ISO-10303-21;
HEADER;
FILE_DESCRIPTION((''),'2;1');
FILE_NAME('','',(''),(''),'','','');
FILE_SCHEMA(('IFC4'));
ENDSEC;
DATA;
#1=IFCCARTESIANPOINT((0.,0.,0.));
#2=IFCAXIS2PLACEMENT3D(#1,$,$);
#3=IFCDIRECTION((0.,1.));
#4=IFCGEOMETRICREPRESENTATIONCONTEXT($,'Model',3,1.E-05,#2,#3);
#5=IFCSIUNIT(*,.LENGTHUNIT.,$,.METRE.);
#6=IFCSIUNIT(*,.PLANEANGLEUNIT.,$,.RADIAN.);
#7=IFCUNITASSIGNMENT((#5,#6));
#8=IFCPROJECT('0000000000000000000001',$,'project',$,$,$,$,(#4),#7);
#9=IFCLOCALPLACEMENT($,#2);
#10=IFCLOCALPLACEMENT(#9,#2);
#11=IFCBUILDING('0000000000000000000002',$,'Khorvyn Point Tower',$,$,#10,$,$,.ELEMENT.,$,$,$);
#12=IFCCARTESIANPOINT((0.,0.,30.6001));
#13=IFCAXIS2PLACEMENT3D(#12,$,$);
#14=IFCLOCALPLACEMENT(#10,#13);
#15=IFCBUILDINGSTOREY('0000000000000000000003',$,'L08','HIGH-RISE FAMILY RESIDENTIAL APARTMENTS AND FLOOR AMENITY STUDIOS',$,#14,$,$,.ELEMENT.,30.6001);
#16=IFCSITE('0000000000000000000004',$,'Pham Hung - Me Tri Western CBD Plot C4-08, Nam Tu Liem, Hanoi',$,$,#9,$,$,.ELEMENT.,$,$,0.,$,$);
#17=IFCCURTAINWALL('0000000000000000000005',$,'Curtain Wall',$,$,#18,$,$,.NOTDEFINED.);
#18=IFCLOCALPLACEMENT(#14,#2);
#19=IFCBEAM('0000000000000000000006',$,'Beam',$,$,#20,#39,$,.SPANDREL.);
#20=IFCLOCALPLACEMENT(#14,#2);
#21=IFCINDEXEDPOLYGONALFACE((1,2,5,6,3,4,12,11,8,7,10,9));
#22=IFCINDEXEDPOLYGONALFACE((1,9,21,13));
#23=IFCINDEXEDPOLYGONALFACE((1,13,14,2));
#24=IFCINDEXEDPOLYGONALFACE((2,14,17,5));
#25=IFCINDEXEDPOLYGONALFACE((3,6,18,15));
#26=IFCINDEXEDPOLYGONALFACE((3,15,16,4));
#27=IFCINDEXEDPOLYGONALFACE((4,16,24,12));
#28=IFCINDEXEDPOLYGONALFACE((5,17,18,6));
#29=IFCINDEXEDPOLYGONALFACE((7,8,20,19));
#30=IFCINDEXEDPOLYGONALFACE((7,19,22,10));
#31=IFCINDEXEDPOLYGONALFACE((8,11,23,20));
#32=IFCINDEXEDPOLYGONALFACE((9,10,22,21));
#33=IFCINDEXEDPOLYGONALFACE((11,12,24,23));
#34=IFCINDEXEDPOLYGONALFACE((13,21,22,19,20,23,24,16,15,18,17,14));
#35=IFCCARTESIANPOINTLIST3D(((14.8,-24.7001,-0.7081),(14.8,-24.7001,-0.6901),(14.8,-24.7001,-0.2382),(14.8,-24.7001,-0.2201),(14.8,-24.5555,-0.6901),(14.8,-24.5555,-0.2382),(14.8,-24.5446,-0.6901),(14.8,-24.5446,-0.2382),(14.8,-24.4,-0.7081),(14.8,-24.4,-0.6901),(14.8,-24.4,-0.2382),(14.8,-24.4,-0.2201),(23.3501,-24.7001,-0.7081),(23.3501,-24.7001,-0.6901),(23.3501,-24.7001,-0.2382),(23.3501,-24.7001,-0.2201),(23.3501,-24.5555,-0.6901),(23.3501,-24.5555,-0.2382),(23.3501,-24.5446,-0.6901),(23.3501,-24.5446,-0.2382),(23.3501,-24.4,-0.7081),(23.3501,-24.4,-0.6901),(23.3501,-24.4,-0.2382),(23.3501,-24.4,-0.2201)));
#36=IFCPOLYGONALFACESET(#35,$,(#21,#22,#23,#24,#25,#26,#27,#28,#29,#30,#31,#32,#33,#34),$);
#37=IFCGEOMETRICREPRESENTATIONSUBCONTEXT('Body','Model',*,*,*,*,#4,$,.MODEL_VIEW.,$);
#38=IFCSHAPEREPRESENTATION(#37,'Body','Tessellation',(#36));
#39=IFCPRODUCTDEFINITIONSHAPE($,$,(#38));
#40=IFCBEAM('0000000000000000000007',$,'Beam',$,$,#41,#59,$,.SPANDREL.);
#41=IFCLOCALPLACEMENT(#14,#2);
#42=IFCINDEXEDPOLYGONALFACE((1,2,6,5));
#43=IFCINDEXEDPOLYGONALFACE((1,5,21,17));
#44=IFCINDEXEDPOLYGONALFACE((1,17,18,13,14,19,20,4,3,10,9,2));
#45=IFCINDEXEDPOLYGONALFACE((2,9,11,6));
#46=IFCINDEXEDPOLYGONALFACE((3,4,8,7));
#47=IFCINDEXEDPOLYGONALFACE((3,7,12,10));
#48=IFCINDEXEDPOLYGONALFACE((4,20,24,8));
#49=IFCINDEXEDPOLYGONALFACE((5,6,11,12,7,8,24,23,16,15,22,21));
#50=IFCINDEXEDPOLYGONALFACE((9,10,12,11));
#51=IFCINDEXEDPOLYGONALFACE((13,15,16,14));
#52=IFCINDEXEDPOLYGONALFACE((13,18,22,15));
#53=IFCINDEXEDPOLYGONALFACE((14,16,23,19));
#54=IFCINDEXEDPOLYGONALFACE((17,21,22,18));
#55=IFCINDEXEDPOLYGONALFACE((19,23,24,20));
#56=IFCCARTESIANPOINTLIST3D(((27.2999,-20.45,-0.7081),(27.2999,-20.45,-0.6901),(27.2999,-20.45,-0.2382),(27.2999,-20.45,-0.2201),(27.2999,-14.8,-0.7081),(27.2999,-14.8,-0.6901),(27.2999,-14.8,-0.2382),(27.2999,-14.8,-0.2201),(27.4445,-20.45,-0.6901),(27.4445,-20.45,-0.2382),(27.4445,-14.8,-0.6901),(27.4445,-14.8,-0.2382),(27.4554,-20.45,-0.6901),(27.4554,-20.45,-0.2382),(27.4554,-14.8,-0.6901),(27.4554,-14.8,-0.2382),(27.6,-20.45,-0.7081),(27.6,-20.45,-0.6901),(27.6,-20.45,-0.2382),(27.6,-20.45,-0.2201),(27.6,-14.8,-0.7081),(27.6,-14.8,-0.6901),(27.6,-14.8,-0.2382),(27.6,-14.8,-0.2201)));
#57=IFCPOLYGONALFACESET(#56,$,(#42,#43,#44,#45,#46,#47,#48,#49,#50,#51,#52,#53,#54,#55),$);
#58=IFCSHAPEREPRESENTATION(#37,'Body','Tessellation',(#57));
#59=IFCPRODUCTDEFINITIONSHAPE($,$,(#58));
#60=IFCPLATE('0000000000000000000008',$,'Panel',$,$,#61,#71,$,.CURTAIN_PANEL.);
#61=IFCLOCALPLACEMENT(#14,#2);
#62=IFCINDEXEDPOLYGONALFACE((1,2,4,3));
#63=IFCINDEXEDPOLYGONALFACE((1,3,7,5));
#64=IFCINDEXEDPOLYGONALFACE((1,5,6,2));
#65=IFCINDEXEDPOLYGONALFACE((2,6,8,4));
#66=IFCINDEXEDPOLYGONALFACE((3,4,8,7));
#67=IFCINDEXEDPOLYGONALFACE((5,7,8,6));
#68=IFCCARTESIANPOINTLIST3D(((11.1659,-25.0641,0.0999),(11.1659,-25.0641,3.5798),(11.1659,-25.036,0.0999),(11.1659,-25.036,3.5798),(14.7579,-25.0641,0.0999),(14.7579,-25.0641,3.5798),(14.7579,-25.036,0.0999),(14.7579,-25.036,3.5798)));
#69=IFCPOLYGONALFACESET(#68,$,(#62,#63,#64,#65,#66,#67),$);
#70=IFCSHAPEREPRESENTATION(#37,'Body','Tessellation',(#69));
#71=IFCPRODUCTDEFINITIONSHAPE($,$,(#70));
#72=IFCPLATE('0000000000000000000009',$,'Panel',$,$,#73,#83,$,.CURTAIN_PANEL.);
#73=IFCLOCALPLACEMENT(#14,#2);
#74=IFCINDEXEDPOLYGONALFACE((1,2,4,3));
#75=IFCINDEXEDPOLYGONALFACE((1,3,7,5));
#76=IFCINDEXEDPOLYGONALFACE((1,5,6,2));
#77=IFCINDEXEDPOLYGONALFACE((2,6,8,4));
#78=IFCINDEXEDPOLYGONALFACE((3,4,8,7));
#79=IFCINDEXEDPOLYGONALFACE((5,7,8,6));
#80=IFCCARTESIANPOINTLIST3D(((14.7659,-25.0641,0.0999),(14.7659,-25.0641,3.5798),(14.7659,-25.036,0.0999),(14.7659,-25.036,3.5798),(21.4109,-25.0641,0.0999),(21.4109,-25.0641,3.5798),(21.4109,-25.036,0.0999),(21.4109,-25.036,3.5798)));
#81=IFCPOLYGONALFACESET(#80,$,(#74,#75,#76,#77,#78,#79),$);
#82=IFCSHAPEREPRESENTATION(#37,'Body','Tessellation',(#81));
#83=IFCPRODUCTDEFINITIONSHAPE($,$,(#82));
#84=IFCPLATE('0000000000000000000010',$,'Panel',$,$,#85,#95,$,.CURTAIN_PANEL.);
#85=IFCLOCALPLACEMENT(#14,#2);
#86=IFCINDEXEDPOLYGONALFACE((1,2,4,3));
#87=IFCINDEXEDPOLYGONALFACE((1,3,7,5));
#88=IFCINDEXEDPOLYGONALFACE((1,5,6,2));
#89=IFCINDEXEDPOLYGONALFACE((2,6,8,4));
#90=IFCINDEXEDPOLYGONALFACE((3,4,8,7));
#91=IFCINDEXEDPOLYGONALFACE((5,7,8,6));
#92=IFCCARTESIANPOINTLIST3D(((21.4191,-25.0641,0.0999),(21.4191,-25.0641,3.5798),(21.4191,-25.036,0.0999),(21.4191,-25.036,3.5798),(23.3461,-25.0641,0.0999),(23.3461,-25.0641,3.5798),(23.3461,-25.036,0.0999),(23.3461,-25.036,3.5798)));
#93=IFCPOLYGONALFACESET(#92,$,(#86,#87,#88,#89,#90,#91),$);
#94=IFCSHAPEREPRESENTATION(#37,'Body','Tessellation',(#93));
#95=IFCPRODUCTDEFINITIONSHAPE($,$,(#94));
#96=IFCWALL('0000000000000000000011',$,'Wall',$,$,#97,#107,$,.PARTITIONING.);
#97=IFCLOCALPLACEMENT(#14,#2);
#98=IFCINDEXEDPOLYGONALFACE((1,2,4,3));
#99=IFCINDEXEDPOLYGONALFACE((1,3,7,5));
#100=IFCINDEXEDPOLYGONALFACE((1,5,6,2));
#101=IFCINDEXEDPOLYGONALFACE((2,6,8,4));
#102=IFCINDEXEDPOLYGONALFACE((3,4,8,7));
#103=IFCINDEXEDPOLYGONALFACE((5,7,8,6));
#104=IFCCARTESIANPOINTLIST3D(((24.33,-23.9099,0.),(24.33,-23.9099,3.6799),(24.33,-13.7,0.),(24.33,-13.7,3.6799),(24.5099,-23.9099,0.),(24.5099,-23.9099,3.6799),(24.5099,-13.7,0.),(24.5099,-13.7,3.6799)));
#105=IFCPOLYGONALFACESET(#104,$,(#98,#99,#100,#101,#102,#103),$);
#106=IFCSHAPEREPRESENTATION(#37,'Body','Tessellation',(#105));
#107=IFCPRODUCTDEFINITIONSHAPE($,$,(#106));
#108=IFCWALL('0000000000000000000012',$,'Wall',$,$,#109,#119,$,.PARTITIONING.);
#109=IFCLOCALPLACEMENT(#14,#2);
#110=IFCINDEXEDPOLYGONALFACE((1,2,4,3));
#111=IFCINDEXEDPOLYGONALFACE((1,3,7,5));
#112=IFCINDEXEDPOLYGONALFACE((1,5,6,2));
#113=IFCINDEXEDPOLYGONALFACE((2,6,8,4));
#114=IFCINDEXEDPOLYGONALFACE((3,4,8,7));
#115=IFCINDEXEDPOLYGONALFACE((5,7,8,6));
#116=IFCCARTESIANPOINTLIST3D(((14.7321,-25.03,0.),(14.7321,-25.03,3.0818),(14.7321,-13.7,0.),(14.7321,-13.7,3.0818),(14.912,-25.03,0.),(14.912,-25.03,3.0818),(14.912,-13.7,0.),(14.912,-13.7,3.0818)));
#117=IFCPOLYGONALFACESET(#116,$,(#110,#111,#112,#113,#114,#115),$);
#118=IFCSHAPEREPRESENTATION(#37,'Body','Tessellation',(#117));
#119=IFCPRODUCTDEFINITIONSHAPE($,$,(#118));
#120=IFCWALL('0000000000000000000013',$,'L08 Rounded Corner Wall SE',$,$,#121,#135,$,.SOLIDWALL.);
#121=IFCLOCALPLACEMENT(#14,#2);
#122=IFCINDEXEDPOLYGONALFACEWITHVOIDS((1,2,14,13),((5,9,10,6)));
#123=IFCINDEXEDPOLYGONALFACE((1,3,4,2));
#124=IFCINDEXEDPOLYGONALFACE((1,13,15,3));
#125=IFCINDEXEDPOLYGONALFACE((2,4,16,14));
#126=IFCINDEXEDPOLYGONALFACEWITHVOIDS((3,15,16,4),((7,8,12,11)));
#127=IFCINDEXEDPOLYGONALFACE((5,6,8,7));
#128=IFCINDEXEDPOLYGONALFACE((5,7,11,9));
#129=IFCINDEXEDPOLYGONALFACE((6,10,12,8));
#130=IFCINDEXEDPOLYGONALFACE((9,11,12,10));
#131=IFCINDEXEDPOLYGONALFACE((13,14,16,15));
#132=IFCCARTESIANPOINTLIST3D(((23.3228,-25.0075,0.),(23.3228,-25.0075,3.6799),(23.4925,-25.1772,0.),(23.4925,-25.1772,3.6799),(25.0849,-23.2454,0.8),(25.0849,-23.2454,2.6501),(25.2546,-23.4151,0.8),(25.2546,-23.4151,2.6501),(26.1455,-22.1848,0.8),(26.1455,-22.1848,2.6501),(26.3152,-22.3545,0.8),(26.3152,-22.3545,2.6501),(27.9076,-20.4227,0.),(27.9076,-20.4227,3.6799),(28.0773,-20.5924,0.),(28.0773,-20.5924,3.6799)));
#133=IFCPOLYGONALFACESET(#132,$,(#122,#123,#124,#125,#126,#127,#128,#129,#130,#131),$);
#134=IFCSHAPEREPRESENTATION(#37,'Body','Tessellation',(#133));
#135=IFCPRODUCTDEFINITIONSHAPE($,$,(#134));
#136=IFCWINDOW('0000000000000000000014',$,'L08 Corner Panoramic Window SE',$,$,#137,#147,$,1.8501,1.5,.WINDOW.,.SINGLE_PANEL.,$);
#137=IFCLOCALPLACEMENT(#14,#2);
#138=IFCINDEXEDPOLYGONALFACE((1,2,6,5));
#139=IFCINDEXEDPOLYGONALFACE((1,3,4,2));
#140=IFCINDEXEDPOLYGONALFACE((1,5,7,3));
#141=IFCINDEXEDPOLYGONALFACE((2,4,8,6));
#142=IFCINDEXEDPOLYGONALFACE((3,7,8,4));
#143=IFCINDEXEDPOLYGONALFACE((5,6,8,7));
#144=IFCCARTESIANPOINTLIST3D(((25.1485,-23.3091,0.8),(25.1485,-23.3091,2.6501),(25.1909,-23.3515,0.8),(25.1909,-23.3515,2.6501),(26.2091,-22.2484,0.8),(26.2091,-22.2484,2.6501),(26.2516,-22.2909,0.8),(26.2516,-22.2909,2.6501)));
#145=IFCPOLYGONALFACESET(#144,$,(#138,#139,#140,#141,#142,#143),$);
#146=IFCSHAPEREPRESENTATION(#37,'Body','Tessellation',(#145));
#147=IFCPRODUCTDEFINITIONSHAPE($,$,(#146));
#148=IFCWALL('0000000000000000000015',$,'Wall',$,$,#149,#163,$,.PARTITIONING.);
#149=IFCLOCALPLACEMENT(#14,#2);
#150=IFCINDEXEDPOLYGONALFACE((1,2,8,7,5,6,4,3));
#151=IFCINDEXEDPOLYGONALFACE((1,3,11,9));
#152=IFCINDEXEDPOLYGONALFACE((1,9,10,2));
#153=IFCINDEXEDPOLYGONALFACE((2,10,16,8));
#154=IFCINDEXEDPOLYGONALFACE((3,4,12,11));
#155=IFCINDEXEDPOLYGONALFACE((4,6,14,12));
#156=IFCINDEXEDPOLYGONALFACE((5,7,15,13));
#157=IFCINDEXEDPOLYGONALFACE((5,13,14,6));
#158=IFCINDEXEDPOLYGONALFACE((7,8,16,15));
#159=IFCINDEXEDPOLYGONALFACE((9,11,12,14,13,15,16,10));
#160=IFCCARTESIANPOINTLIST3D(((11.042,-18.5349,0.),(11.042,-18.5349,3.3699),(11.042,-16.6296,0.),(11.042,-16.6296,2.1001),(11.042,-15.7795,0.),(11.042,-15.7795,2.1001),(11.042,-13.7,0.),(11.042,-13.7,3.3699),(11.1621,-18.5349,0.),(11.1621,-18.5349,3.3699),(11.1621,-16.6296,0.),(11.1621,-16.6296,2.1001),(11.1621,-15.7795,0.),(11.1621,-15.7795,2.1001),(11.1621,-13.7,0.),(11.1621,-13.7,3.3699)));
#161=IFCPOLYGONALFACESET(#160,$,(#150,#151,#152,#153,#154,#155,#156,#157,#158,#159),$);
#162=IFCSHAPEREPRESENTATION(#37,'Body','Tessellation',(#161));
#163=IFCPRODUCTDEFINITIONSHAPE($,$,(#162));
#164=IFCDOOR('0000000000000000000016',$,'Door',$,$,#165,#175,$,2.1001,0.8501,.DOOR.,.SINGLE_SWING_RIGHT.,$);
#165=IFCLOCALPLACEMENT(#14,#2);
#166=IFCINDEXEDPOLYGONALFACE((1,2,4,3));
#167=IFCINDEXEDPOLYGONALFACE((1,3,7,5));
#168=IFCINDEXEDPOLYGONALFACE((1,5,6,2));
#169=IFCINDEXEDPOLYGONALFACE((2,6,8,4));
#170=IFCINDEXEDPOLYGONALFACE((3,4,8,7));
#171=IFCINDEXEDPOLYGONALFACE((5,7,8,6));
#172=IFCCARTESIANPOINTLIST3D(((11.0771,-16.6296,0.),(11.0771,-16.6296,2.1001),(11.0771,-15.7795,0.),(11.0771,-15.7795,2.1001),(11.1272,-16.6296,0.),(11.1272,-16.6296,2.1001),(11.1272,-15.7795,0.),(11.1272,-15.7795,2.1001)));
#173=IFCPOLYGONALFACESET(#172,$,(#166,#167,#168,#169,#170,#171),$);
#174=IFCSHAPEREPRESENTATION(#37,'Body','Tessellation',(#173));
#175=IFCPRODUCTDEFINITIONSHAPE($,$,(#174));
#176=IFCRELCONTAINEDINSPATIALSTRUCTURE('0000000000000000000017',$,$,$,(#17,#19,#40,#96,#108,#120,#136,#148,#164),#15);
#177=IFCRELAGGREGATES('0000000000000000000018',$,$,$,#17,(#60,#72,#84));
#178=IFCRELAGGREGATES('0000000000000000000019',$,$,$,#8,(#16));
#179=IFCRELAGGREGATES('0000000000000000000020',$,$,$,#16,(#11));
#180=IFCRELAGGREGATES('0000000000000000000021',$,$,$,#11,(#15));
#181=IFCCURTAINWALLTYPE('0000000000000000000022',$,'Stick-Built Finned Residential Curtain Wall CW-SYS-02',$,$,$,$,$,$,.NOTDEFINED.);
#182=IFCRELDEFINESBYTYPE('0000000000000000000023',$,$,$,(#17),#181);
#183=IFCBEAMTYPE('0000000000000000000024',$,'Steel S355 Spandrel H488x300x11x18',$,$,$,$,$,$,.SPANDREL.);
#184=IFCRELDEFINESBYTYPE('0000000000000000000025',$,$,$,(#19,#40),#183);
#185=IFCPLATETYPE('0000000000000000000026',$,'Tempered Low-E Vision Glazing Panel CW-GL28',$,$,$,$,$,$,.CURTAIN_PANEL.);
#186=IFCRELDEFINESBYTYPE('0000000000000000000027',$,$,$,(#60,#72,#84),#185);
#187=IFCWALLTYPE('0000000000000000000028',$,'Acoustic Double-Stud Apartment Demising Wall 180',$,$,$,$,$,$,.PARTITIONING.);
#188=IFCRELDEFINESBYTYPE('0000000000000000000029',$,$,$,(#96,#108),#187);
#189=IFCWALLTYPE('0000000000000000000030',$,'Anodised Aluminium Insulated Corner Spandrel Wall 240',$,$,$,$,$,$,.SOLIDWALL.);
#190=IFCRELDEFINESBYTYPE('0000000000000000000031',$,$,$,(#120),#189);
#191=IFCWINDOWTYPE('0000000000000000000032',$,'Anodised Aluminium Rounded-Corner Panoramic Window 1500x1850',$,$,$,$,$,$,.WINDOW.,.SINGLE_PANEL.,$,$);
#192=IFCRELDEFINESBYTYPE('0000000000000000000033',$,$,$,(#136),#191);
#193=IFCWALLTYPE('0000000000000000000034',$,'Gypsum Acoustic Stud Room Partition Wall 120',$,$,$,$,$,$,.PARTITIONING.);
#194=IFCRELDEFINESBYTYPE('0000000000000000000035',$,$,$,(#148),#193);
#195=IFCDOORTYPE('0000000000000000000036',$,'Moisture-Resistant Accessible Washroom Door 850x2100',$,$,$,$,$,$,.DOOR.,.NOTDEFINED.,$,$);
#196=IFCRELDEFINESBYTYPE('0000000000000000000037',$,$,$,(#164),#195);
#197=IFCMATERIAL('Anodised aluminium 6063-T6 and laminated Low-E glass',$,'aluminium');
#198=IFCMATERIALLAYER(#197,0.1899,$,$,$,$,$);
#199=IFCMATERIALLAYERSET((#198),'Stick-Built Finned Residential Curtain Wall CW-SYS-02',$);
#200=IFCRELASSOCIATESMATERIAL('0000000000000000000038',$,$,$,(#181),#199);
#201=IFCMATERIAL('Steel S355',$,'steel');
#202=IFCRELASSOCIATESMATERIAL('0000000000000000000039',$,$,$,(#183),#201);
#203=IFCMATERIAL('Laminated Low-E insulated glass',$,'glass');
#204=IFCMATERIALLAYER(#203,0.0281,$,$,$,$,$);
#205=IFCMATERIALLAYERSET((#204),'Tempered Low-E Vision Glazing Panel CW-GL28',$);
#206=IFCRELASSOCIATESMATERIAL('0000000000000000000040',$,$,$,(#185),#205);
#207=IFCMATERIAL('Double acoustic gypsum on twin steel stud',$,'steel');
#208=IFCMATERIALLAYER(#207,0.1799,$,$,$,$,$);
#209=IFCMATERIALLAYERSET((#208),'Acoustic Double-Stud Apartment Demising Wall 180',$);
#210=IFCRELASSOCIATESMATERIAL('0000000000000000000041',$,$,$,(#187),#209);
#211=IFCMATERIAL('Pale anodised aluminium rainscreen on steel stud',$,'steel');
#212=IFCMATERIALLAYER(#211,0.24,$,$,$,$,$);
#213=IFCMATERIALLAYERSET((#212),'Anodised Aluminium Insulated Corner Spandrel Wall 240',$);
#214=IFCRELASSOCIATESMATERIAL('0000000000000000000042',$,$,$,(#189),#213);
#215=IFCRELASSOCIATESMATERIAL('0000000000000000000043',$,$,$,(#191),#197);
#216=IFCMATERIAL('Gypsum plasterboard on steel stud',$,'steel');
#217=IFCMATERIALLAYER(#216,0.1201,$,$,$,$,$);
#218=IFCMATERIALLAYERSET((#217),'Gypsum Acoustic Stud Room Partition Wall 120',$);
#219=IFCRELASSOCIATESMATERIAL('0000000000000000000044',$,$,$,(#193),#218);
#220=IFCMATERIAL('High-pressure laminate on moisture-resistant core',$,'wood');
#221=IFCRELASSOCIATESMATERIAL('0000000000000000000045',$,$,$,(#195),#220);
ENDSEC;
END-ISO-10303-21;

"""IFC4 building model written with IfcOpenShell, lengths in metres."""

from ifc_helpers import new_model, si_unit, direction, frame, frame_2d, origin, origin_2d, place, context, subcontext, project, spatial, rectangle, i_section, extrude, material, layer, layer_set, material_profile, profile_set, type_object, element, fill, aggregate, save


model = new_model("IFC4")

# Units and contexts
model_context = context("Model", 3, precision=1e-05, world=origin(), true_north=direction((0.0, 1.0)))
body_context = subcontext(model_context, "Body", "Model", "MODEL_VIEW")
ifc_project = project(units=[si_unit("LENGTHUNIT", "METRE"), si_unit("PLANEANGLEUNIT", "RADIAN")], contexts=[model_context])

# Site, building, storey
site_placement = place(None, origin())
site = spatial("IfcSite", under=ifc_project, at=site_placement, Name="Pham Hung - Me Tri Western CBD Plot C4-08, Nam Tu Liem, Hanoi", CompositionType="ELEMENT", RefElevation=0.0)
building_placement = place(site_placement, origin())
building = spatial("IfcBuilding", under=site, at=building_placement, Name="Khorvyn Point Tower", CompositionType="ELEMENT")
storey_placement = place(building_placement, frame((0.0, 0.0, 30.6001)))
storey = spatial("IfcBuildingStorey", under=building, at=storey_placement, Name="L08", Description="HIGH-RISE FAMILY RESIDENTIAL APARTMENTS AND FLOOR AMENITY STUDIOS", CompositionType="ELEMENT", Elevation=30.6001)

# Curtain wall
ifc_material_1 = material(Name="Anodised aluminium 6063-T6 and laminated Low-E glass", Category="aluminium")
ifc_layer_1 = layer(ifc_material_1, 0.1899)
ifc_layer_set_1 = layer_set([ifc_layer_1], Name="Stick-Built Finned Residential Curtain Wall CW-SYS-02")
curtain_wall_type = type_object("IfcCurtainWallType", Name="Stick-Built Finned Residential Curtain Wall CW-SYS-02", PredefinedType="NOTDEFINED", material=ifc_layer_set_1)
curtain_wall_1_placement = place(storey_placement, origin())
curtain_wall_1 = element("IfcCurtainWall", 1, at=curtain_wall_1_placement, inside=storey, type_object=curtain_wall_type, Name="Curtain Wall", PredefinedType="NOTDEFINED")

# Beams
ifc_material_2 = material(Name="Steel S355", Category="steel")
ifc_material_profile_1 = material_profile(ifc_material_2, i_section(OverallWidth=0.3, OverallDepth=0.488, WebThickness=0.011, FlangeThickness=0.0181, at=origin_2d()))
ifc_profile_set_1 = profile_set([ifc_material_profile_1], Name="Steel S355 H488x300x11x18")
beam_type_1 = type_object("IfcBeamType", Name="Steel S355 Spandrel H488x300x11x18", PredefinedType="SPANDREL", material=ifc_profile_set_1)
beam_1_placement = place(storey_placement, frame((14.8, -24.55, -0.4641), z_axis=(1.0, 0.0, 0.0), x_axis=(0.0, 1.0, 0.0)))
element("IfcBeam", 2, at=beam_1_placement, inside=storey, type_object=beam_type_1, Name="Beam", PredefinedType="SPANDREL", context=body_context, shape_type="SweptSolid", body=[
    extrude(i_section(OverallWidth=0.3, OverallDepth=0.488, WebThickness=0.011, FlangeThickness=0.0181, at=origin_2d()), origin(), (0.0, 0.0, 1.0), 8.55),
])
beam_2_placement = place(storey_placement, frame((27.45, -20.45, -0.4641), z_axis=(0.0, 1.0, 0.0), x_axis=(-1.0, 0.0, 0.0)))
element("IfcBeam", 3, at=beam_2_placement, inside=storey, type_object=beam_type_1, Name="Beam", PredefinedType="SPANDREL", context=body_context, shape_type="SweptSolid", body=[
    extrude(i_section(OverallWidth=0.3, OverallDepth=0.488, WebThickness=0.011, FlangeThickness=0.0181, at=origin_2d()), origin(), (0.0, 0.0, 1.0), 5.6499),
])

# Plates
ifc_material_3 = material(Name="Laminated Low-E insulated glass", Category="glass")
ifc_layer_2 = layer(ifc_material_3, 0.0281)
ifc_layer_set_2 = layer_set([ifc_layer_2], Name="Tempered Low-E Vision Glazing Panel CW-GL28")
plate_type = type_object("IfcPlateType", Name="Tempered Low-E Vision Glazing Panel CW-GL28", PredefinedType="CURTAIN_PANEL", material=ifc_layer_set_2)
plate_1_placement = place(storey_placement, frame((12.9619, -25.05, 0.0999), z_axis=(0.0, 0.0, 1.0), x_axis=(-1.0, 0.0, 0.0)))
plate_1 = element("IfcPlate", 4, at=plate_1_placement, type_object=plate_type, Name="Panel", PredefinedType="CURTAIN_PANEL", context=body_context, shape_type="SweptSolid", body=[
    extrude(rectangle(XDim=3.592, YDim=0.0281, at=origin_2d()), origin(), (0.0, 0.0, 1.0), 3.48),
])
plate_2_placement = place(storey_placement, frame((18.0884, -25.05, 0.0999), z_axis=(0.0, 0.0, 1.0), x_axis=(-1.0, 0.0, 0.0)))
plate_2 = element("IfcPlate", 5, at=plate_2_placement, type_object=plate_type, Name="Panel", PredefinedType="CURTAIN_PANEL", context=body_context, shape_type="SweptSolid", body=[
    extrude(rectangle(XDim=6.645, YDim=0.0281, at=origin_2d()), origin(), (0.0, 0.0, 1.0), 3.48),
])
plate_3_placement = place(storey_placement, frame((22.3826, -25.05, 0.0999), z_axis=(0.0, 0.0, 1.0), x_axis=(-1.0, 0.0, 0.0)))
plate_3 = element("IfcPlate", 6, at=plate_3_placement, type_object=plate_type, Name="Panel", PredefinedType="CURTAIN_PANEL", context=body_context, shape_type="SweptSolid", body=[
    extrude(rectangle(XDim=1.927, YDim=0.0281, at=origin_2d()), origin(), (0.0, 0.0, 1.0), 3.48),
])
aggregate(curtain_wall_1, [plate_1, plate_2, plate_3])

# Walls
ifc_material_4 = material(Name="Double acoustic gypsum on twin steel stud", Category="steel")
ifc_layer_3 = layer(ifc_material_4, 0.1799)
ifc_layer_set_3 = layer_set([ifc_layer_3], Name="Acoustic Double-Stud Apartment Demising Wall 180")
wall_type_1 = type_object("IfcWallType", Name="Acoustic Double-Stud Apartment Demising Wall 180", PredefinedType="PARTITIONING", material=ifc_layer_set_3)
wall_1_placement = place(storey_placement, frame((24.4199, -23.9099, 0.0), z_axis=(0.0, 0.0, 1.0), x_axis=(0.0, 1.0, 0.0)))
element("IfcWall", 7, at=wall_1_placement, inside=storey, type_object=wall_type_1, Name="Wall", PredefinedType="PARTITIONING", context=body_context, shape_type="SweptSolid", body=[
    extrude(rectangle(XDim=10.21, YDim=0.1799, at=frame_2d((5.105, 0.0))), origin(), (0.0, 0.0, 1.0), 3.6799),
])
wall_2_placement = place(storey_placement, frame((14.822, -25.03, 0.0), z_axis=(0.0, 0.0, 1.0), x_axis=(0.0, 1.0, 0.0)))
element("IfcWall", 8, at=wall_2_placement, inside=storey, type_object=wall_type_1, Name="Wall", PredefinedType="PARTITIONING", context=body_context, shape_type="SweptSolid", body=[
    extrude(rectangle(XDim=11.3301, YDim=0.1799, at=frame_2d((5.665, 0.0))), origin(), (0.0, 0.0, 1.0), 3.0818),
])

# Wall, opening, window
ifc_material_5 = material(Name="Pale anodised aluminium rainscreen on steel stud", Category="steel")
ifc_layer_4 = layer(ifc_material_5, 0.24)
ifc_layer_set_4 = layer_set([ifc_layer_4], Name="Anodised Aluminium Insulated Corner Spandrel Wall 240")
wall_type_2 = type_object("IfcWallType", Name="Anodised Aluminium Insulated Corner Spandrel Wall 240", PredefinedType="SOLIDWALL", material=ifc_layer_set_4)
wall_3_placement = place(storey_placement, frame((27.9924, -20.5076, 0.0), z_axis=(0.0, 0.0, 1.0), x_axis=(-0.707107, -0.707107, 0.0)))
wall_3 = element("IfcWall", 9, at=wall_3_placement, inside=storey, type_object=wall_type_2, Name="L08 Rounded Corner Wall SE", PredefinedType="SOLIDWALL", context=body_context, shape_type="SweptSolid", body=[
    extrude(rectangle(XDim=6.4839, YDim=0.24, at=frame_2d((3.2419, 0.0))), origin(), (0.0, 0.0, 1.0), 3.6799),
])
opening_1_placement = place(wall_3_placement, frame((2.4919, 0.0, 0.8)))
opening_1 = element("IfcOpeningElement", 10, at=opening_1_placement, cuts=wall_3, PredefinedType="OPENING", context=body_context, shape_type="SweptSolid", body=[
    extrude(rectangle(XDim=1.5, YDim=1.8501, at=frame_2d((0.75, 0.925))), frame((0.0, 0.1299, 0.0), z_axis=(0.0, -1.0, 0.0), x_axis=(1.0, 0.0, 0.0)), (0.0, 0.0, 1.0), 0.26),
])
window_type = type_object("IfcWindowType", Name="Anodised Aluminium Rounded-Corner Panoramic Window 1500x1850", PartitioningType="SINGLE_PANEL", PredefinedType="WINDOW", material=ifc_material_1)
window_placement = place(opening_1_placement, origin())
window = element("IfcWindow", 11, at=window_placement, inside=storey, type_object=window_type, Name="L08 Corner Panoramic Window SE", OverallHeight=1.8501, OverallWidth=1.5, PartitioningType="SINGLE_PANEL", PredefinedType="WINDOW", context=body_context, shape_type="SweptSolid", body=[
    extrude(rectangle(XDim=1.5, YDim=1.8501, at=frame_2d((0.75, 0.925))), frame((0.0, 0.03, 0.0), z_axis=(0.0, -1.0, 0.0), x_axis=(1.0, 0.0, 0.0)), (0.0, 0.0, 1.0), 0.0601),
])
fill(opening_1, window)

# Wall, opening, door
ifc_material_6 = material(Name="Gypsum plasterboard on steel stud", Category="steel")
ifc_layer_5 = layer(ifc_material_6, 0.1201)
ifc_layer_set_5 = layer_set([ifc_layer_5], Name="Gypsum Acoustic Stud Room Partition Wall 120")
wall_type_3 = type_object("IfcWallType", Name="Gypsum Acoustic Stud Room Partition Wall 120", PredefinedType="PARTITIONING", material=ifc_layer_set_5)
wall_4_placement = place(storey_placement, frame((11.1021, -18.5349, 0.0), z_axis=(0.0, 0.0, 1.0), x_axis=(0.0, 1.0, 0.0)))
wall_4 = element("IfcWall", 12, at=wall_4_placement, inside=storey, type_object=wall_type_3, Name="Wall", PredefinedType="PARTITIONING", context=body_context, shape_type="SweptSolid", body=[
    extrude(rectangle(XDim=4.835, YDim=0.1201, at=frame_2d((2.4175, 0.0))), origin(), (0.0, 0.0, 1.0), 3.3699),
])
opening_2_placement = place(wall_4_placement, frame((1.9053, 0.0, 0.0)))
opening_2 = element("IfcOpeningElement", 13, at=opening_2_placement, cuts=wall_4, PredefinedType="OPENING", context=body_context, shape_type="SweptSolid", body=[
    extrude(rectangle(XDim=0.8501, YDim=2.1001, at=frame_2d((0.425, 1.05))), frame((0.0, 0.0701, 0.0), z_axis=(0.0, -1.0, 0.0), x_axis=(1.0, 0.0, 0.0)), (0.0, 0.0, 1.0), 0.1401),
])
ifc_material_7 = material(Name="High-pressure laminate on moisture-resistant core", Category="wood")
door_type_1 = type_object("IfcDoorType", Name="Moisture-Resistant Accessible Washroom Door 850x2100", OperationType="NOTDEFINED", PredefinedType="DOOR", material=ifc_material_7)
door_1_placement = place(opening_2_placement, origin())
door_1 = element("IfcDoor", 14, at=door_1_placement, inside=storey, type_object=door_type_1, Name="Door", OperationType="SINGLE_SWING_RIGHT", OverallHeight=2.1001, OverallWidth=0.8501, PredefinedType="DOOR", context=body_context, shape_type="SweptSolid", body=[
    extrude(rectangle(XDim=0.8501, YDim=2.1001, at=frame_2d((0.425, 1.05))), frame((0.0, 0.0249, 0.0), z_axis=(0.0, -1.0, 0.0), x_axis=(1.0, 0.0, 0.0)), (0.0, 0.0, 1.0), 0.05),
])
fill(opening_2, door_1)

save(model, "model.ifc")
